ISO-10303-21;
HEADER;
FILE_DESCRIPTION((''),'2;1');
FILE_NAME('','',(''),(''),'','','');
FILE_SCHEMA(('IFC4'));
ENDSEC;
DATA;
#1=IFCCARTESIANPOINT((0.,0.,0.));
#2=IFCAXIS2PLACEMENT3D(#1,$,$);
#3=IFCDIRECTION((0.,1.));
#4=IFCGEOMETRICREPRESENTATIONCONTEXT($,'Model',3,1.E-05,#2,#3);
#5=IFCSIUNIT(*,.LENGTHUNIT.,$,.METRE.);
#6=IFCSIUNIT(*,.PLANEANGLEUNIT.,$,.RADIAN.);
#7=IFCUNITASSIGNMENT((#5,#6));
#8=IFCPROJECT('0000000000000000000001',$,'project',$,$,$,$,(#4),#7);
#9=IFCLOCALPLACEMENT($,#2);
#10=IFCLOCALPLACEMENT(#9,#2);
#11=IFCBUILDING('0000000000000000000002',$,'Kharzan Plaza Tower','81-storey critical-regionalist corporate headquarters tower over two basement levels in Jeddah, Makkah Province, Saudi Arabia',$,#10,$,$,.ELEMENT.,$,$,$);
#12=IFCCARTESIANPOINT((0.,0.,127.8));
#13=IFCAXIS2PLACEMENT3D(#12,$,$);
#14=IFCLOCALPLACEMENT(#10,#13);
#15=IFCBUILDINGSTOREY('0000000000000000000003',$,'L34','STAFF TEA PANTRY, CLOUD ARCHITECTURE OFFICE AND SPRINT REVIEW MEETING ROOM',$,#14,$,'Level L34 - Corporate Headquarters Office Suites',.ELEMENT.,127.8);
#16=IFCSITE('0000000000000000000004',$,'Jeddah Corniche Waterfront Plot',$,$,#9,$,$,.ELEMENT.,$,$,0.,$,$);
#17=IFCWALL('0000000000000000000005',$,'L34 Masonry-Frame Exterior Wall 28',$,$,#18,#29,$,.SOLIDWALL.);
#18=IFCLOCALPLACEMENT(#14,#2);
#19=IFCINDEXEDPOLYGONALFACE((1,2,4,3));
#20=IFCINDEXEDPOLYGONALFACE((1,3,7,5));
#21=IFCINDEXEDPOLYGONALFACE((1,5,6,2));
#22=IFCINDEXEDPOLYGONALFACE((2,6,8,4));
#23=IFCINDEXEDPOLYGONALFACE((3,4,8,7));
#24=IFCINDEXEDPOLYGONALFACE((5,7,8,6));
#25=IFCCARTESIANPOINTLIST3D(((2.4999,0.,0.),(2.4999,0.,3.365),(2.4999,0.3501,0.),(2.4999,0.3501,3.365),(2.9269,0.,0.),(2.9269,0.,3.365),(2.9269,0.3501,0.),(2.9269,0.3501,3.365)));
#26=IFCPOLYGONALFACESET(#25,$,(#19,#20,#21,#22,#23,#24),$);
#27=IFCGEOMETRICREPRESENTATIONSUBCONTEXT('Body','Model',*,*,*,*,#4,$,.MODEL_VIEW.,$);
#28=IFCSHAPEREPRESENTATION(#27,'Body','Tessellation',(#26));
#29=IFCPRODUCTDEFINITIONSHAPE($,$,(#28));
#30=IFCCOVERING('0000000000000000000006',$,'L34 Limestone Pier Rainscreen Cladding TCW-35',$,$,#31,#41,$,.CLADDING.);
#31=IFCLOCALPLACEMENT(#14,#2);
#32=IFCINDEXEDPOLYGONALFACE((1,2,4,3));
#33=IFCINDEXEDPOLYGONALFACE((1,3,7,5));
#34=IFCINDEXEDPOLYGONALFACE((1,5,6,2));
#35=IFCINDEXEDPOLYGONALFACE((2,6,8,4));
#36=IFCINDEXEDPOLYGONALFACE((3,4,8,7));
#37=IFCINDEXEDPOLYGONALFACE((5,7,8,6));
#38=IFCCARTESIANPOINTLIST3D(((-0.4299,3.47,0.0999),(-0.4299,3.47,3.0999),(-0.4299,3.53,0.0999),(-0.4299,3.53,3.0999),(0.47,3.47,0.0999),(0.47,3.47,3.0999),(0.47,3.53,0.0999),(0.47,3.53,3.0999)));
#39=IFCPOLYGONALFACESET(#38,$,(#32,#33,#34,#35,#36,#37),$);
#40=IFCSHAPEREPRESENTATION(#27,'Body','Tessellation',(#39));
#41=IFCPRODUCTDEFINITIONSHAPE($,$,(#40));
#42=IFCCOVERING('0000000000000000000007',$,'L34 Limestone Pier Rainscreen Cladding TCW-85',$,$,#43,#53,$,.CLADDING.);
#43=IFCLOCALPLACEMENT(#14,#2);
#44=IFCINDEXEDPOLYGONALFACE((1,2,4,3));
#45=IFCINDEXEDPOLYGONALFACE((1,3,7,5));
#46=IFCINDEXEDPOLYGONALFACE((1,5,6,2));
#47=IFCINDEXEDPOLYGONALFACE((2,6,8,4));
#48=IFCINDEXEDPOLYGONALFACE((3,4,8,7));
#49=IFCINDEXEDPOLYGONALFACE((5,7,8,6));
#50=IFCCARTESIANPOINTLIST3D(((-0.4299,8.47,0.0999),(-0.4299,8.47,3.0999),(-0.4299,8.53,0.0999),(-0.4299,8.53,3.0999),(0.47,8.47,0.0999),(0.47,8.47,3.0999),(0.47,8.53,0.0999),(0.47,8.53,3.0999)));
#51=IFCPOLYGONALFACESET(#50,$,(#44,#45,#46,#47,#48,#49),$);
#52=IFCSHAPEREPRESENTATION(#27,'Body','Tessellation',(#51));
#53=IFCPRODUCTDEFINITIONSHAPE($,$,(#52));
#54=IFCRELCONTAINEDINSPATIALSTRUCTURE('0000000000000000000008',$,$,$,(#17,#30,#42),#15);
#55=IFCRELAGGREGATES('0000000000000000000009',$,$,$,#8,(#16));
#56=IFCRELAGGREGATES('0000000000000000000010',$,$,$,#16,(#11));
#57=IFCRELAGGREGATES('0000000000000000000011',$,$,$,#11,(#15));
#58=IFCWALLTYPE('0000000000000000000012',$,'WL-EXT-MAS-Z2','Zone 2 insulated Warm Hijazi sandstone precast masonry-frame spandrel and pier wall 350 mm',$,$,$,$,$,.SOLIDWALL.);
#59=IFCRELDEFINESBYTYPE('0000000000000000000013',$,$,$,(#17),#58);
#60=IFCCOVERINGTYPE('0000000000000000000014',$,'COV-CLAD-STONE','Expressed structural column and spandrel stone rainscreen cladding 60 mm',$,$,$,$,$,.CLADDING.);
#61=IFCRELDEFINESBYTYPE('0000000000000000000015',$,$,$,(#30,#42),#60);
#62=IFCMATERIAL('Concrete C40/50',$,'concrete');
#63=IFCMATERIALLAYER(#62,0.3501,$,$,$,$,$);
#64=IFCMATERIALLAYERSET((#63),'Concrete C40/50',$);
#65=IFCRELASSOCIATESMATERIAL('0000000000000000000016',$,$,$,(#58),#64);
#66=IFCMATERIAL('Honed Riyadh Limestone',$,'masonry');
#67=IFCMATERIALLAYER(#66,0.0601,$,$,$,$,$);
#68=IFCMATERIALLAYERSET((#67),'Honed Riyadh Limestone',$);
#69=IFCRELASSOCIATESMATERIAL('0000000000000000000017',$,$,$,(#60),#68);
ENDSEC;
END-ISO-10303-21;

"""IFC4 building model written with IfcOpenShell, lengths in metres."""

from ifc_helpers import new_model, si_unit, direction, frame, frame_2d, origin, origin_2d, place, context, subcontext, project, spatial, rectangle, extrude, source, transform, mapped, material, layer, layer_set, type_object, element, save


model = new_model("IFC4")

# Units and contexts
model_context = context("Model", 3, precision=1e-05, world=origin(), true_north=direction((0.0, 1.0)))
body_context = subcontext(model_context, "Body", "Model", "MODEL_VIEW")
ifc_project = project(units=[si_unit("LENGTHUNIT", "METRE"), si_unit("PLANEANGLEUNIT", "RADIAN")], contexts=[model_context])

# Site, building, storey
site_placement = place(None, origin())
site = spatial("IfcSite", under=ifc_project, at=site_placement, Name="Jeddah Corniche Waterfront Plot", CompositionType="ELEMENT", RefElevation=0.0)
building_placement = place(site_placement, origin())
building = spatial("IfcBuilding", under=site, at=building_placement, Name="Kharzan Plaza Tower", Description="81-storey critical-regionalist corporate headquarters tower over two basement levels in Jeddah, Makkah Province, Saudi Arabia", CompositionType="ELEMENT")
storey_placement = place(building_placement, frame((0.0, 0.0, 127.8)))
storey = spatial("IfcBuildingStorey", under=building, at=storey_placement, Name="L34", Description="STAFF TEA PANTRY, CLOUD ARCHITECTURE OFFICE AND SPRINT REVIEW MEETING ROOM", LongName="Level L34 - Corporate Headquarters Office Suites", CompositionType="ELEMENT", Elevation=127.8)

# Shared definitions
ifc_material_1 = material(Name="Concrete C40/50", Category="concrete")

# Shared definitions
ifc_layer_1 = layer(ifc_material_1, 0.3501)
ifc_layer_set_1 = layer_set([ifc_layer_1], Name="Concrete C40/50")
wall_type_1 = type_object("IfcWallType", Name="WL-EXT-MAS-Z2", Description="Zone 2 insulated Warm Hijazi sandstone precast masonry-frame spandrel and pier wall 350 mm", PredefinedType="SOLIDWALL", material=ifc_layer_set_1)

# Wall
shared_shape_1 = source(origin(), body_context, "Body", "SweptSolid", [
    extrude(rectangle(XDim=0.427, YDim=0.3501, at=frame_2d((0.2134, 0.0))), origin(), (0.0, 0.0, 1.0), 3.365),
])
wall_1_placement = place(storey_placement, frame((2.5, 0.175, 0.0), z_axis=(0.0, 0.0, 1.0), x_axis=(1.0, 0.0, 0.0)))
element("IfcWall", 1, at=wall_1_placement, inside=storey, type_object=wall_type_1, Name="L34 Masonry-Frame Exterior Wall 28", PredefinedType="SOLIDWALL", context=body_context, shape_type="MappedRepresentation", body=[
    mapped(shared_shape_1, transform((0.0, 0.0, 0.0), x_axis=(1.0, 0.0, 0.0), y_axis=(0.0, 1.0, 0.0), z_axis=(0.0, 0.0, 1.0))),
])

# Coverings
ifc_material_2 = material(Name="Honed Riyadh Limestone", Category="masonry")
ifc_layer_2 = layer(ifc_material_2, 0.0601)
ifc_layer_set_2 = layer_set([ifc_layer_2], Name="Honed Riyadh Limestone")
covering_type = type_object("IfcCoveringType", Name="COV-CLAD-STONE", Description="Expressed structural column and spandrel stone rainscreen cladding 60 mm", PredefinedType="CLADDING", material=ifc_layer_set_2)
shared_shape_2 = source(origin(), body_context, "Body", "SweptSolid", [
    extrude(rectangle(XDim=0.0601, YDim=0.8999, at=origin_2d()), origin(), (0.0, 0.0, 1.0), 3.0),
])
for number, where, z_axis, x_axis, name in (
    (2, (0.02, 3.5, 0.0999), (0.0, 0.0, 1.0), (0.0, 1.0, 0.0), "L34 Limestone Pier Rainscreen Cladding TCW-35"),
    (3, (0.02, 8.5, 0.0999), (0.0, 0.0, 1.0), (0.0, 1.0, 0.0), "L34 Limestone Pier Rainscreen Cladding TCW-85"),
):
    element("IfcCovering", number, at=place(storey_placement, frame(where, z_axis=z_axis, x_axis=x_axis)), inside=storey, type_object=covering_type, Name=name, PredefinedType="CLADDING", context=body_context, shape_type="MappedRepresentation", body=[
        mapped(shared_shape_2, transform((0.0, 0.0, 0.0), x_axis=(1.0, 0.0, 0.0), y_axis=(0.0, 1.0, 0.0), z_axis=(0.0, 0.0, 1.0))),
    ])

save(model, "model.ifc")
